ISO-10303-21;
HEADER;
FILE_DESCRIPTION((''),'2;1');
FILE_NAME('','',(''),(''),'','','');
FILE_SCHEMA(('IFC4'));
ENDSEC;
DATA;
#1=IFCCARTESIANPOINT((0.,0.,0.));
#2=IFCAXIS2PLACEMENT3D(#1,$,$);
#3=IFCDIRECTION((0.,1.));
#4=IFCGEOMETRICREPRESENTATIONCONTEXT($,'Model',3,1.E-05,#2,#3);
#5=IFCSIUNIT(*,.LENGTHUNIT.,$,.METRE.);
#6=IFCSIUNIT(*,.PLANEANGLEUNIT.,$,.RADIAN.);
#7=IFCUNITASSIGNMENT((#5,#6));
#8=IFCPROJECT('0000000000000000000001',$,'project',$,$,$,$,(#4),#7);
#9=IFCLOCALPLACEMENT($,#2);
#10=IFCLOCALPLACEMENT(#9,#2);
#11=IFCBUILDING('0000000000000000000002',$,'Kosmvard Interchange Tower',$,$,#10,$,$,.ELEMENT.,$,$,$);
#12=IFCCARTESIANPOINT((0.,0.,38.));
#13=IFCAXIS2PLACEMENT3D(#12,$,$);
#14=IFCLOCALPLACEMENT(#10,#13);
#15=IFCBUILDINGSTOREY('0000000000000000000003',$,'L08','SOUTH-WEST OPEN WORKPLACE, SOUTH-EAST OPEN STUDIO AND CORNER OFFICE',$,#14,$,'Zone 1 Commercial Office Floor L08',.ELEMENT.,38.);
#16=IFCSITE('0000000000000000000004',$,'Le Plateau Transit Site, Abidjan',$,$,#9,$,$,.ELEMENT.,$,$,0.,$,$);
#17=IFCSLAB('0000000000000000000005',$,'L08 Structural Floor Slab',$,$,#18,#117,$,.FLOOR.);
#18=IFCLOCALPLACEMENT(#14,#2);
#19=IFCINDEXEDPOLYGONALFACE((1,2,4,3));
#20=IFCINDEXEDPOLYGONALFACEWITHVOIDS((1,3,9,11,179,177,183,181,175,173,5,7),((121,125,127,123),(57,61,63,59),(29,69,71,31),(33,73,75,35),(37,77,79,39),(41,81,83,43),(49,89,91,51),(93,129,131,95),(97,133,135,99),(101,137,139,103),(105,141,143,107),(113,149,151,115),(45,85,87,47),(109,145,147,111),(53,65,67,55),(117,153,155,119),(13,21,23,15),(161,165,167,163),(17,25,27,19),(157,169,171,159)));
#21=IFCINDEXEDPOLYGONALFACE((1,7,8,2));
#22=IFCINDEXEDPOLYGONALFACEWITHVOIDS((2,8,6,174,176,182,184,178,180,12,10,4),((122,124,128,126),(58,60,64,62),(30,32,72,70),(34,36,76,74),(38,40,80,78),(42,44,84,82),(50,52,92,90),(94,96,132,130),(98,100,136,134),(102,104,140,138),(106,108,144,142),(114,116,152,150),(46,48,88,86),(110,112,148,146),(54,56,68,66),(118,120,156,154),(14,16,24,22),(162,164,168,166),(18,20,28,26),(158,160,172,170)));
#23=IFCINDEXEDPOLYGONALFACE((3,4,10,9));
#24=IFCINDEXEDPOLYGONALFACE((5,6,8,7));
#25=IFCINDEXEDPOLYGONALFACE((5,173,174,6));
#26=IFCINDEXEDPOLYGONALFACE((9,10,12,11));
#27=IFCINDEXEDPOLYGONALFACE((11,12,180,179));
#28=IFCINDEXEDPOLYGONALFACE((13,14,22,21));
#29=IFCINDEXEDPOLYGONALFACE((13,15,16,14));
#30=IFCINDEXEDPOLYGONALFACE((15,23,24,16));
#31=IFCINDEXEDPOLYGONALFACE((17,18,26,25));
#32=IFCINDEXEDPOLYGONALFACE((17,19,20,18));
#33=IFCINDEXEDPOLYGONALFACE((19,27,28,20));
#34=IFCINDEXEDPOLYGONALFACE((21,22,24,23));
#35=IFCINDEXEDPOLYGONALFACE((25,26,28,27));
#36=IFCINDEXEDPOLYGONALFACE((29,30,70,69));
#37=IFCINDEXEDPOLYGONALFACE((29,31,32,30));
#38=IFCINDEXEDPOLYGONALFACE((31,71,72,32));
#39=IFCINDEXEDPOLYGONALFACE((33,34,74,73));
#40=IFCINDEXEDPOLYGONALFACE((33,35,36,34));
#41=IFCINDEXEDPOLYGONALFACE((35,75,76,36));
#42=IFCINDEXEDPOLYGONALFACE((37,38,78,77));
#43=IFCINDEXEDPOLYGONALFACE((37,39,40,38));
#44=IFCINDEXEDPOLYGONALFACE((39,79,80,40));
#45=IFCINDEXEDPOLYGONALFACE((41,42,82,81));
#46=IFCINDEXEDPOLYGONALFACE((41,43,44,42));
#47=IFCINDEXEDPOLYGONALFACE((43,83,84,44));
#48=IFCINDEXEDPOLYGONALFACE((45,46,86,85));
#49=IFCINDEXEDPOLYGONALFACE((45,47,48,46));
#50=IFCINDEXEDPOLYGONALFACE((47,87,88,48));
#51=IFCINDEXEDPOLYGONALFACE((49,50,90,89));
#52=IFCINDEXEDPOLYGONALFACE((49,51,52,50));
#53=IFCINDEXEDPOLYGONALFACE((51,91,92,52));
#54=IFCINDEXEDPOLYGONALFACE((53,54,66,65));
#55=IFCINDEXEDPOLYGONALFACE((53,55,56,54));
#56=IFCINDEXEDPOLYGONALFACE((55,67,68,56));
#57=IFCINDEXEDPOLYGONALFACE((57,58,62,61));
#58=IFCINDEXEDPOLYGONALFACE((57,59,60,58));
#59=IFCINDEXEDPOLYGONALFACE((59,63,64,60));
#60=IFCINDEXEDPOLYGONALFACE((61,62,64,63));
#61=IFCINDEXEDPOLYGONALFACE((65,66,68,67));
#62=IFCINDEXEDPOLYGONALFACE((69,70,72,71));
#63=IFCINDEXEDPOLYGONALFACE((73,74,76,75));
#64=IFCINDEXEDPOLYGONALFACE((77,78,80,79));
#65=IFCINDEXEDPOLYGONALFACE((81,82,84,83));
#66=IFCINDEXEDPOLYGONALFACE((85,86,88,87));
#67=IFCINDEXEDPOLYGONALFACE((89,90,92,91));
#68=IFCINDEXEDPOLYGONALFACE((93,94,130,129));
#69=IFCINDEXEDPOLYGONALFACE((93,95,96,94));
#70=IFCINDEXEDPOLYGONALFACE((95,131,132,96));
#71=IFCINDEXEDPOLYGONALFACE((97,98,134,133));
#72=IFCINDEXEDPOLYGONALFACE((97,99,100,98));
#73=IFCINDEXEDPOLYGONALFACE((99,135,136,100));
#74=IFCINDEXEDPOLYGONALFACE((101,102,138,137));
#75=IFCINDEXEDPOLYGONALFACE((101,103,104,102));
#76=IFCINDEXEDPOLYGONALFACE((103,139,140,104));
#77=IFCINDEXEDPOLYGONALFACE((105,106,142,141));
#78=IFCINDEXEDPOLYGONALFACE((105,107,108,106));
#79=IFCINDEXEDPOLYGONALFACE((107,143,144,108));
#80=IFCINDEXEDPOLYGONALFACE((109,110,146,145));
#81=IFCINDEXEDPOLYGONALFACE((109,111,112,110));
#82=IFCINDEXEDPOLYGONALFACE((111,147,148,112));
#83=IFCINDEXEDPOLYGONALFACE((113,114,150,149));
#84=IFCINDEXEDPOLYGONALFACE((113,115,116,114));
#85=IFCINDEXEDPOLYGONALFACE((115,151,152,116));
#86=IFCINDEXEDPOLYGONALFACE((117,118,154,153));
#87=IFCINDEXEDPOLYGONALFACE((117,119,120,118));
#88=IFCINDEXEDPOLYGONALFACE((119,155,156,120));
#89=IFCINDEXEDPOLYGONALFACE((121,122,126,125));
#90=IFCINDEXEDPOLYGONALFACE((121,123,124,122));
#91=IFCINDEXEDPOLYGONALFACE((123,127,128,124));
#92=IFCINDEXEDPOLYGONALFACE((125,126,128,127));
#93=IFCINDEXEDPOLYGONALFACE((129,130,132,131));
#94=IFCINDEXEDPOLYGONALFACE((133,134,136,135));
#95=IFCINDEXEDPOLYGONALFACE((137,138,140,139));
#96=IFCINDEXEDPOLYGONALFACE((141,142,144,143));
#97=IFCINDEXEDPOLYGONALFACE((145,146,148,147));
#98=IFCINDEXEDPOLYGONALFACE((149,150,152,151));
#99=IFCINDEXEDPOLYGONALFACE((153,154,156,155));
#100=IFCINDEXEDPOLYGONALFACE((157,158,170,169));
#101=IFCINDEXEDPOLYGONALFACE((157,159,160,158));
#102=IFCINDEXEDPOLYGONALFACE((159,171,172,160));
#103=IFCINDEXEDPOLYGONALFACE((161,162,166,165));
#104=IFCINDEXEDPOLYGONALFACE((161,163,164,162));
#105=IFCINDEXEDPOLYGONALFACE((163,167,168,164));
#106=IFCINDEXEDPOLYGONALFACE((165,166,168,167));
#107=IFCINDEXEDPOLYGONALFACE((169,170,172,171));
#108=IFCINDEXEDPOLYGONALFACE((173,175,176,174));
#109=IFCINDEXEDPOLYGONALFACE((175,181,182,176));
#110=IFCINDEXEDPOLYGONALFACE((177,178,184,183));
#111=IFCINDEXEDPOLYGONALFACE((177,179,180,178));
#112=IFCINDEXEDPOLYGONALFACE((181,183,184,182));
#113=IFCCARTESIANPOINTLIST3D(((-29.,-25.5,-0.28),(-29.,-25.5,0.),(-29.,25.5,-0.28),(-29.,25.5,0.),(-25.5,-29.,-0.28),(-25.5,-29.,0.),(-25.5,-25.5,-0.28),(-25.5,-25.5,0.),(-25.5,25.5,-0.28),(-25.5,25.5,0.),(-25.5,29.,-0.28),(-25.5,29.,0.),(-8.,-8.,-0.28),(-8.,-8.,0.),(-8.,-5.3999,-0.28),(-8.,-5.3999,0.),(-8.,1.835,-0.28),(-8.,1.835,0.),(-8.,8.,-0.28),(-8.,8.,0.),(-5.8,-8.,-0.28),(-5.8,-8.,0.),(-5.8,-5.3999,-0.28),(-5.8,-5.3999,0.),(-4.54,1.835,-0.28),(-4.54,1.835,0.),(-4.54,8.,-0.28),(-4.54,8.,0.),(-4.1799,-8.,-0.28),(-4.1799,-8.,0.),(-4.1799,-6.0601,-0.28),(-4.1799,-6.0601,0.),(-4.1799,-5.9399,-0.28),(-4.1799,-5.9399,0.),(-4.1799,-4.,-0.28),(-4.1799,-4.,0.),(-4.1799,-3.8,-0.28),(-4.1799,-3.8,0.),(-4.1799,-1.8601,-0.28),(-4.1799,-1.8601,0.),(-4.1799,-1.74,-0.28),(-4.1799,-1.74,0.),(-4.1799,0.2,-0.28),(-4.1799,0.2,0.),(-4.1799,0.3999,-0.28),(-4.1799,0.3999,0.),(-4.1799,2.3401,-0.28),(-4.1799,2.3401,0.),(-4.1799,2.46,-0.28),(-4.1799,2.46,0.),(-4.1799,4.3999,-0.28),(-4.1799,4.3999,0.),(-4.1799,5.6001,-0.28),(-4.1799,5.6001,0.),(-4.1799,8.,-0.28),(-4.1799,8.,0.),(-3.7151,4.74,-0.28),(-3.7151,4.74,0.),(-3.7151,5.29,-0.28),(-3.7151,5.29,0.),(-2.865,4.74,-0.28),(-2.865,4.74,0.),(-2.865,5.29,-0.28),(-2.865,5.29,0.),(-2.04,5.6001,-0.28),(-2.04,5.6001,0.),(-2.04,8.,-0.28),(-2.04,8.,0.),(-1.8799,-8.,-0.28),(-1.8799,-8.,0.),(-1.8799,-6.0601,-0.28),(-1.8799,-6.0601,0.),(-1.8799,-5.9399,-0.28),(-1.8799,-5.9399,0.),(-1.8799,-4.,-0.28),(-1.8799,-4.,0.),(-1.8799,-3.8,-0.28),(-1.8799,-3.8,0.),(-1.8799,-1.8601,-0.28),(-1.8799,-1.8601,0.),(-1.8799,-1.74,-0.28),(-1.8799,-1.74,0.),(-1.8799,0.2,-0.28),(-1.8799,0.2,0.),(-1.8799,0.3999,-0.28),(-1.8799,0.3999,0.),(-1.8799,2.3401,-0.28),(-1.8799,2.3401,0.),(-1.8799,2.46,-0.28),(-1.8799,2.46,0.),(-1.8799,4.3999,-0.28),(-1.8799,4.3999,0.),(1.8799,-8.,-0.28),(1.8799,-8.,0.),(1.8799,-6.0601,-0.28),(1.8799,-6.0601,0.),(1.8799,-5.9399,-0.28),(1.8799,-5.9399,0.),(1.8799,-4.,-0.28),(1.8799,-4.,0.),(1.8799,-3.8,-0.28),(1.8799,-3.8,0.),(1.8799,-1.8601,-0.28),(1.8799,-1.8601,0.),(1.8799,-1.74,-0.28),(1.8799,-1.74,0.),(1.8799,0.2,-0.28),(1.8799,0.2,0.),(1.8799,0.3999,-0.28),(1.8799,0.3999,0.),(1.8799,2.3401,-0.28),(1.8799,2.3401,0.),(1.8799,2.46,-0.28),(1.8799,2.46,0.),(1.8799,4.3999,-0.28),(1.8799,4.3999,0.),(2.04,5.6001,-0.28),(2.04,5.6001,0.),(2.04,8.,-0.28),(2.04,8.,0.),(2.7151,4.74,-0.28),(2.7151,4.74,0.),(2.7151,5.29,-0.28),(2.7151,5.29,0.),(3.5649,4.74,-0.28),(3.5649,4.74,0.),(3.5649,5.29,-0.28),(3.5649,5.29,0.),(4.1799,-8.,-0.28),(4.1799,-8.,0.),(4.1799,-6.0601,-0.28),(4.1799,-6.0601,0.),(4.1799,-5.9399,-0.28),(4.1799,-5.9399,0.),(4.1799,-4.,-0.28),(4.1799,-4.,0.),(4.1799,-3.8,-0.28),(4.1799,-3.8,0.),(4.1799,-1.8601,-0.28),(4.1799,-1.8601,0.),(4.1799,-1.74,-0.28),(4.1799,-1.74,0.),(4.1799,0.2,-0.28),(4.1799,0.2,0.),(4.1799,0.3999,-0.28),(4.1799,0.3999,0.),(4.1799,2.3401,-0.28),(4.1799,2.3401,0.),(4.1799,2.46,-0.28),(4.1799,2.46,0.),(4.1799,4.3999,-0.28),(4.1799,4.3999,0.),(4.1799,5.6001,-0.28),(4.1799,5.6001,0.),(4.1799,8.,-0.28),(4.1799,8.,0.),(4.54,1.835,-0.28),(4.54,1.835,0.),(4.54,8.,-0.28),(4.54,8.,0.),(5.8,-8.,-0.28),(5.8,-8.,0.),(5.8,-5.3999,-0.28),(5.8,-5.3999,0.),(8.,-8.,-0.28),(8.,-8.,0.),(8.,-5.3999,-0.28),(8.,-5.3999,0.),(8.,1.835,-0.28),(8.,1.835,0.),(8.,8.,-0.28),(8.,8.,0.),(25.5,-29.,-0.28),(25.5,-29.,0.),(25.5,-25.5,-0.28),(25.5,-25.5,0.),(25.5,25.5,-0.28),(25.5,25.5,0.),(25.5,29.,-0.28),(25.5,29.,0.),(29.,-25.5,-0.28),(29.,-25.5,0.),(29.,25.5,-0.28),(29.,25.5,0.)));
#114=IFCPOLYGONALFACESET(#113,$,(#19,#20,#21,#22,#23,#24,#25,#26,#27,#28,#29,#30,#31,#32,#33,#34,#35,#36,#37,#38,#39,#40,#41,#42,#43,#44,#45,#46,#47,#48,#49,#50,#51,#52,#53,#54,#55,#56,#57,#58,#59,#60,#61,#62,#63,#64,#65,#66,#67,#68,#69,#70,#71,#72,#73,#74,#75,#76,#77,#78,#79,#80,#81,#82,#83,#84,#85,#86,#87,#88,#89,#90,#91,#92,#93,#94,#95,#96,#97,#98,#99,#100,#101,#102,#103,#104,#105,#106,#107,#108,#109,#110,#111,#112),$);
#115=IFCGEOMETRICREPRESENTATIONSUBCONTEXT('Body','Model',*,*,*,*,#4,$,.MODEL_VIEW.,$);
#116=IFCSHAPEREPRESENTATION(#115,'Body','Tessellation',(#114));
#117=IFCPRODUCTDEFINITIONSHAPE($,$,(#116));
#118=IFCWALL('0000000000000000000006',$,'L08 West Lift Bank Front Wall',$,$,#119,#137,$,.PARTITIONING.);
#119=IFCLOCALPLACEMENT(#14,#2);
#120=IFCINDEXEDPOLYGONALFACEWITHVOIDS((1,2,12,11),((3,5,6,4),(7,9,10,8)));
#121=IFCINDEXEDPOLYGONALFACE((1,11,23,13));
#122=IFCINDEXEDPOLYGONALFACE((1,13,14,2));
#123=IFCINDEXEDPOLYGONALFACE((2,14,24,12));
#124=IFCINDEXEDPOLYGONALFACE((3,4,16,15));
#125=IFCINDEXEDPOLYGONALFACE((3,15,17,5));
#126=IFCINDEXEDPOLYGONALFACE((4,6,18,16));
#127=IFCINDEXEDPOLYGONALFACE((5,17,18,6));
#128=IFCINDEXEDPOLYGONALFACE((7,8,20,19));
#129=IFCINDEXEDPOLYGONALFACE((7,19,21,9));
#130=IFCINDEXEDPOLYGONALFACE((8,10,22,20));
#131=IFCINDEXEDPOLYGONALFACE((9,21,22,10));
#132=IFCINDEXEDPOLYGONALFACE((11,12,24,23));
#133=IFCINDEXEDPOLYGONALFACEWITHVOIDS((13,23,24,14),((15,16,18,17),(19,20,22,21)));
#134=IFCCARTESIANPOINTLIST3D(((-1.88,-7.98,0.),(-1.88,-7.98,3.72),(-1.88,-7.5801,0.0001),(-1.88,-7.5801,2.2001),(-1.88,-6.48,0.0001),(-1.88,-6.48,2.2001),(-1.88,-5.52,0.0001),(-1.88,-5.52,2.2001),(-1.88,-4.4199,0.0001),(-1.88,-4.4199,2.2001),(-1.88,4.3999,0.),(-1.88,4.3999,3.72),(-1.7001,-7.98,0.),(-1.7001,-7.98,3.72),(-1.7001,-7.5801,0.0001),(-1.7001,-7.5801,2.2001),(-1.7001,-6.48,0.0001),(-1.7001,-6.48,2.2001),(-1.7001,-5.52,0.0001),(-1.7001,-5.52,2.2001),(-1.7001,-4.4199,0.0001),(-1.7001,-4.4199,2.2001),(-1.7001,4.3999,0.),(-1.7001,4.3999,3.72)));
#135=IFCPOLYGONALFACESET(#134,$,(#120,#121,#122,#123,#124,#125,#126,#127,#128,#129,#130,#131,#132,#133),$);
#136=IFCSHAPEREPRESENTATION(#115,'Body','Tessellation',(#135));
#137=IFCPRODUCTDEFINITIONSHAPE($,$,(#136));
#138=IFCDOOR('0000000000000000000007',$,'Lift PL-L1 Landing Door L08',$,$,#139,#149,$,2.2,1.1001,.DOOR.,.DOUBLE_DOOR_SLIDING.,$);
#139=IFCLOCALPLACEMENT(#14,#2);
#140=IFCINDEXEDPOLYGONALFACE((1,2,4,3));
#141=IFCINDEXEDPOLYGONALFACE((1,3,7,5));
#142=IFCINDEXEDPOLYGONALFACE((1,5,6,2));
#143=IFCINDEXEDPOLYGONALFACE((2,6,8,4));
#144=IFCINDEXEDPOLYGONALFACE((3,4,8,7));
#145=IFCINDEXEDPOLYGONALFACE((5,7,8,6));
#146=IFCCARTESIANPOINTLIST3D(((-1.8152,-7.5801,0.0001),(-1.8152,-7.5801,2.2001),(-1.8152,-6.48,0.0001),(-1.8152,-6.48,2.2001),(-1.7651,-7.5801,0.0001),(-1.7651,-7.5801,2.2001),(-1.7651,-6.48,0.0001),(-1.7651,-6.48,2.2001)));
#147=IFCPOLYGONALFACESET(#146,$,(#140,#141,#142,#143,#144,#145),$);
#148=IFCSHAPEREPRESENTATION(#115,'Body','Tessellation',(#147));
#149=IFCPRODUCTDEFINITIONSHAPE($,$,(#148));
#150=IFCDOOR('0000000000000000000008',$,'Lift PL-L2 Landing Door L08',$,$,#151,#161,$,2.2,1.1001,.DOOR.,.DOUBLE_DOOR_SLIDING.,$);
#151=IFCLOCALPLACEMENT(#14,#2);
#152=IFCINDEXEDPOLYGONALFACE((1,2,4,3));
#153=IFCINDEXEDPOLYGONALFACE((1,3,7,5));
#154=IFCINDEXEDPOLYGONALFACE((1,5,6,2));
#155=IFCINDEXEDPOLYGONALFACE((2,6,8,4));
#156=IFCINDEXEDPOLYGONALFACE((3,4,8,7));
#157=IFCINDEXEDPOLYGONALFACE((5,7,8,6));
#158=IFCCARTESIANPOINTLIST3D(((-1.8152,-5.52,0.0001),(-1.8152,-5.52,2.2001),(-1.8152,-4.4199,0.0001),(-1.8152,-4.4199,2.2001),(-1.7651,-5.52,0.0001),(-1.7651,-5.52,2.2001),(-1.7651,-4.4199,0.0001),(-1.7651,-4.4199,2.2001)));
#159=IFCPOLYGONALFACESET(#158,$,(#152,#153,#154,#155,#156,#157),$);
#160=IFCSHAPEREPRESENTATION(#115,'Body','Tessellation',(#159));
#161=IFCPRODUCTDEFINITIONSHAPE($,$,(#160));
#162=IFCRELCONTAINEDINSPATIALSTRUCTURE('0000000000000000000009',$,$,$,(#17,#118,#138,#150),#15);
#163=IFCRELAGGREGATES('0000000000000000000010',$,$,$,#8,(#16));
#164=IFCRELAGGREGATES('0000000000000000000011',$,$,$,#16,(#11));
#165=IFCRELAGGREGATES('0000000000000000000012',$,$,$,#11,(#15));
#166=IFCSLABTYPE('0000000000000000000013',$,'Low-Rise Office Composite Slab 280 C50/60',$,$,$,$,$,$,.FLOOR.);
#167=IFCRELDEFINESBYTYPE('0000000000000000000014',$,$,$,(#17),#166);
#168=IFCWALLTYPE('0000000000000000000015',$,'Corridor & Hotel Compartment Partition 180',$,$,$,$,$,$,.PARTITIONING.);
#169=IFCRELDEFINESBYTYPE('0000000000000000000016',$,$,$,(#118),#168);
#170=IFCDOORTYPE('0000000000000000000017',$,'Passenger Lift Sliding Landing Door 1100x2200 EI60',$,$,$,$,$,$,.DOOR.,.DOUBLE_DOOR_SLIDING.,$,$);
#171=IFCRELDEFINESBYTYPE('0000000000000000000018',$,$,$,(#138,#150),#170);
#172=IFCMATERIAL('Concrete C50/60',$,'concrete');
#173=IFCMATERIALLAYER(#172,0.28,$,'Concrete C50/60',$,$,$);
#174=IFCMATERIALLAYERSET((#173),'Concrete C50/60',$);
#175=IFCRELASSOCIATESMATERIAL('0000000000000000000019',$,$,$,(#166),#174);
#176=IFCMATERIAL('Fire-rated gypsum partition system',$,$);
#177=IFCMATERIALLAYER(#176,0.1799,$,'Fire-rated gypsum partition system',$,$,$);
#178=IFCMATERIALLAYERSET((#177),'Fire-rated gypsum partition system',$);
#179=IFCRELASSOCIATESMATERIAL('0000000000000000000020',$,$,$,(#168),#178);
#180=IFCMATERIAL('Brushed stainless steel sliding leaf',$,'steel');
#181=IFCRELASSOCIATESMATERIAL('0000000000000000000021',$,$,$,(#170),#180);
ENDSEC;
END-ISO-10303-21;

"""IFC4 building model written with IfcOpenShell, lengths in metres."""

from ifc_helpers import new_model, si_unit, direction, frame, frame_2d, origin, place, context, subcontext, project, spatial, polyline, rectangle, outline, extrude, source, transform, mapped, material, layer, layer_set, type_object, element, fill, save


model = new_model("IFC4")

# Units and contexts
model_context = context("Model", 3, precision=1e-05, world=origin(), true_north=direction((0.0, 1.0)))
body_context = subcontext(model_context, "Body", "Model", "MODEL_VIEW")
ifc_project = project(units=[si_unit("LENGTHUNIT", "METRE"), si_unit("PLANEANGLEUNIT", "RADIAN")], contexts=[model_context])

# Site, building, storey
site_placement = place(None, origin())
site = spatial("IfcSite", under=ifc_project, at=site_placement, Name="Le Plateau Transit Site, Abidjan", CompositionType="ELEMENT", RefElevation=0.0)
building_placement = place(site_placement, origin())
building = spatial("IfcBuilding", under=site, at=building_placement, Name="Kosmvard Interchange Tower", CompositionType="ELEMENT")
storey_placement = place(building_placement, frame((0.0, 0.0, 38.0)))
storey = spatial("IfcBuildingStorey", under=building, at=storey_placement, Name="L08", Description="SOUTH-WEST OPEN WORKPLACE, SOUTH-EAST OPEN STUDIO AND CORNER OFFICE", LongName="Zone 1 Commercial Office Floor L08", CompositionType="ELEMENT", Elevation=38.0)

# Slab
ifc_material_1 = material(Name="Concrete C50/60", Category="concrete")
ifc_layer_1 = layer(ifc_material_1, 0.28, Name="Concrete C50/60")
ifc_layer_set_1 = layer_set([ifc_layer_1], Name="Concrete C50/60")
slab_type = type_object("IfcSlabType", Name="Low-Rise Office Composite Slab 280 C50/60", PredefinedType="FLOOR", material=ifc_layer_set_1)
slab_placement = place(storey_placement, frame((0.0, 0.0, -0.28)))
element("IfcSlab", 1, at=slab_placement, inside=storey, type_object=slab_type, Name="L08 Structural Floor Slab", PredefinedType="FLOOR", context=body_context, shape_type="SweptSolid", body=[
    extrude(outline(polyline([(-25.5, -29.0), (25.5, -29.0), (25.5, -25.5), (29.0, -25.5), (29.0, 25.5), (25.5, 25.5), (25.5, 29.0), (-25.5, 29.0), (-25.5, 25.5), (-29.0, 25.5), (-29.0, -25.5), (-25.5, -25.5), (-25.5, -29.0)]), holes=[polyline([(-8.0, 1.835), (-4.54, 1.835), (-4.54, 8.0), (-8.0, 8.0), (-8.0, 1.835)]), polyline([(4.54, 1.835), (8.0, 1.835), (8.0, 8.0), (4.54, 8.0), (4.54, 1.835)]), polyline([(-8.0, -8.0), (-5.8, -8.0), (-5.8, -5.3999), (-8.0, -5.3999), (-8.0, -8.0)]), polyline([(5.8, -8.0), (8.0, -8.0), (8.0, -5.3999), (5.8, -5.3999), (5.8, -8.0)]), polyline([(-4.1799, -8.0), (-1.8799, -8.0), (-1.8799, -6.0601), (-4.1799, -6.0601), (-4.1799, -8.0)]), polyline([(-4.1799, -5.9399), (-1.8799, -5.9399), (-1.8799, -4.0), (-4.1799, -4.0), (-4.1799, -5.9399)]), polyline([(1.8799, -8.0), (4.1799, -8.0), (4.1799, -6.0601), (1.8799, -6.0601), (1.8799, -8.0)]), polyline([(1.8799, -5.9399), (4.1799, -5.9399), (4.1799, -4.0), (1.8799, -4.0), (1.8799, -5.9399)]), polyline([(-4.1799, -3.8), (-1.8799, -3.8), (-1.8799, -1.8601), (-4.1799, -1.8601), (-4.1799, -3.8)]), polyline([(-4.1799, -1.74), (-1.8799, -1.74), (-1.8799, 0.2), (-4.1799, 0.2), (-4.1799, -1.74)]), polyline([(1.8799, -3.8), (4.1799, -3.8), (4.1799, -1.8601), (1.8799, -1.8601), (1.8799, -3.8)]), polyline([(1.8799, -1.74), (4.1799, -1.74), (4.1799, 0.2), (1.8799, 0.2), (1.8799, -1.74)]), polyline([(-4.1799, 0.3999), (-1.8799, 0.3999), (-1.8799, 2.3401), (-4.1799, 2.3401), (-4.1799, 0.3999)]), polyline([(-4.1799, 2.46), (-1.8799, 2.46), (-1.8799, 4.3999), (-4.1799, 4.3999), (-4.1799, 2.46)]), polyline([(1.8799, 0.3999), (4.1799, 0.3999), (4.1799, 2.3401), (1.8799, 2.3401), (1.8799, 0.3999)]), polyline([(1.8799, 2.46), (4.1799, 2.46), (4.1799, 4.3999), (1.8799, 4.3999), (1.8799, 2.46)]), polyline([(-4.1799, 5.6001), (-2.04, 5.6001), (-2.04, 8.0), (-4.1799, 8.0), (-4.1799, 5.6001)]), polyline([(2.04, 5.6001), (4.1799, 5.6001), (4.1799, 8.0), (2.04, 8.0), (2.04, 5.6001)]), polyline([(-3.7151, 4.74), (-2.865, 4.74), (-2.865, 5.29), (-3.7151, 5.29), (-3.7151, 4.74)]), polyline([(2.7151, 4.74), (3.5649, 4.74), (3.5649, 5.29), (2.7151, 5.29), (2.7151, 4.74)])]), origin(), (0.0, 0.0, 1.0), 0.28),
])

# Wall, openings, doors
ifc_material_2 = material(Name="Fire-rated gypsum partition system")
ifc_layer_2 = layer(ifc_material_2, 0.1799, Name="Fire-rated gypsum partition system")
ifc_layer_set_2 = layer_set([ifc_layer_2], Name="Fire-rated gypsum partition system")
wall_type_1 = type_object("IfcWallType", Name="Corridor & Hotel Compartment Partition 180", PredefinedType="PARTITIONING", material=ifc_layer_set_2)
wall_1_placement = place(storey_placement, frame((-1.79, -7.98, 0.0), z_axis=(0.0, 0.0, 1.0), x_axis=(0.0, 1.0, 0.0)))
wall_1 = element("IfcWall", 2, at=wall_1_placement, inside=storey, type_object=wall_type_1, Name="L08 West Lift Bank Front Wall", PredefinedType="PARTITIONING", context=body_context, shape_type="SweptSolid", body=[
    extrude(rectangle(XDim=12.3799, YDim=0.1799, at=frame_2d((6.1899, 0.0))), origin(), (0.0, 0.0, 1.0), 3.72),
])
opening_1_placement = place(wall_1_placement, frame((0.3999, 0.0, 0.0)))
opening_1 = element("IfcOpeningElement", 3, at=opening_1_placement, cuts=wall_1, PredefinedType="OPENING", context=body_context, shape_type="SweptSolid", body=[
    extrude(rectangle(XDim=1.1001, YDim=2.2, at=frame_2d((0.55, 1.1001))), frame((0.0, 0.1001, 0.0), z_axis=(0.0, -1.0, 0.0), x_axis=(1.0, 0.0, 0.0)), (0.0, 0.0, 1.0), 0.2),
])
opening_2_placement = place(wall_1_placement, frame((2.46, 0.0, 0.0)))
opening_2 = element("IfcOpeningElement", 4, at=opening_2_placement, cuts=wall_1, PredefinedType="OPENING", context=body_context, shape_type="SweptSolid", body=[
    extrude(rectangle(XDim=1.1001, YDim=2.2, at=frame_2d((0.55, 1.1001))), frame((0.0, 0.1001, 0.0), z_axis=(0.0, -1.0, 0.0), x_axis=(1.0, 0.0, 0.0)), (0.0, 0.0, 1.0), 0.2),
])
ifc_material_3 = material(Name="Brushed stainless steel sliding leaf", Category="steel")
door_type_1 = type_object("IfcDoorType", Name="Passenger Lift Sliding Landing Door 1100x2200 EI60", OperationType="DOUBLE_DOOR_SLIDING", PredefinedType="DOOR", material=ifc_material_3)
shared_shape_1 = source(origin(), body_context, "Body", "SweptSolid", [
    extrude(rectangle(XDim=1.1001, YDim=2.2, at=frame_2d((0.55, 1.1001))), frame((0.0, 0.0249, 0.0), z_axis=(0.0, -1.0, 0.0), x_axis=(1.0, 0.0, 0.0)), (0.0, 0.0, 1.0), 0.05),
])
door_1_placement = place(opening_1_placement, frame((1.1001, 0.0, 0.0), z_axis=(0.0, 0.0, 1.0), x_axis=(-1.0, 0.0, 0.0)))
door_1 = element("IfcDoor", 5, at=door_1_placement, inside=storey, type_object=door_type_1, Name="Lift PL-L1 Landing Door L08", OperationType="DOUBLE_DOOR_SLIDING", OverallHeight=2.2, OverallWidth=1.1001, PredefinedType="DOOR", context=body_context, shape_type="MappedRepresentation", body=[
    mapped(shared_shape_1, transform((0.0, 0.0, 0.0), scale=1.0)),
])
fill(opening_1, door_1)
door_2_placement = place(opening_2_placement, frame((1.1001, 0.0, 0.0), z_axis=(0.0, 0.0, 1.0), x_axis=(-1.0, 0.0, 0.0)))
door_2 = element("IfcDoor", 6, at=door_2_placement, inside=storey, type_object=door_type_1, Name="Lift PL-L2 Landing Door L08", OperationType="DOUBLE_DOOR_SLIDING", OverallHeight=2.2, OverallWidth=1.1001, PredefinedType="DOOR", context=body_context, shape_type="MappedRepresentation", body=[
    mapped(shared_shape_1, transform((0.0, 0.0, 0.0), scale=1.0)),
])
fill(opening_2, door_2)

save(model, "model.ifc")
